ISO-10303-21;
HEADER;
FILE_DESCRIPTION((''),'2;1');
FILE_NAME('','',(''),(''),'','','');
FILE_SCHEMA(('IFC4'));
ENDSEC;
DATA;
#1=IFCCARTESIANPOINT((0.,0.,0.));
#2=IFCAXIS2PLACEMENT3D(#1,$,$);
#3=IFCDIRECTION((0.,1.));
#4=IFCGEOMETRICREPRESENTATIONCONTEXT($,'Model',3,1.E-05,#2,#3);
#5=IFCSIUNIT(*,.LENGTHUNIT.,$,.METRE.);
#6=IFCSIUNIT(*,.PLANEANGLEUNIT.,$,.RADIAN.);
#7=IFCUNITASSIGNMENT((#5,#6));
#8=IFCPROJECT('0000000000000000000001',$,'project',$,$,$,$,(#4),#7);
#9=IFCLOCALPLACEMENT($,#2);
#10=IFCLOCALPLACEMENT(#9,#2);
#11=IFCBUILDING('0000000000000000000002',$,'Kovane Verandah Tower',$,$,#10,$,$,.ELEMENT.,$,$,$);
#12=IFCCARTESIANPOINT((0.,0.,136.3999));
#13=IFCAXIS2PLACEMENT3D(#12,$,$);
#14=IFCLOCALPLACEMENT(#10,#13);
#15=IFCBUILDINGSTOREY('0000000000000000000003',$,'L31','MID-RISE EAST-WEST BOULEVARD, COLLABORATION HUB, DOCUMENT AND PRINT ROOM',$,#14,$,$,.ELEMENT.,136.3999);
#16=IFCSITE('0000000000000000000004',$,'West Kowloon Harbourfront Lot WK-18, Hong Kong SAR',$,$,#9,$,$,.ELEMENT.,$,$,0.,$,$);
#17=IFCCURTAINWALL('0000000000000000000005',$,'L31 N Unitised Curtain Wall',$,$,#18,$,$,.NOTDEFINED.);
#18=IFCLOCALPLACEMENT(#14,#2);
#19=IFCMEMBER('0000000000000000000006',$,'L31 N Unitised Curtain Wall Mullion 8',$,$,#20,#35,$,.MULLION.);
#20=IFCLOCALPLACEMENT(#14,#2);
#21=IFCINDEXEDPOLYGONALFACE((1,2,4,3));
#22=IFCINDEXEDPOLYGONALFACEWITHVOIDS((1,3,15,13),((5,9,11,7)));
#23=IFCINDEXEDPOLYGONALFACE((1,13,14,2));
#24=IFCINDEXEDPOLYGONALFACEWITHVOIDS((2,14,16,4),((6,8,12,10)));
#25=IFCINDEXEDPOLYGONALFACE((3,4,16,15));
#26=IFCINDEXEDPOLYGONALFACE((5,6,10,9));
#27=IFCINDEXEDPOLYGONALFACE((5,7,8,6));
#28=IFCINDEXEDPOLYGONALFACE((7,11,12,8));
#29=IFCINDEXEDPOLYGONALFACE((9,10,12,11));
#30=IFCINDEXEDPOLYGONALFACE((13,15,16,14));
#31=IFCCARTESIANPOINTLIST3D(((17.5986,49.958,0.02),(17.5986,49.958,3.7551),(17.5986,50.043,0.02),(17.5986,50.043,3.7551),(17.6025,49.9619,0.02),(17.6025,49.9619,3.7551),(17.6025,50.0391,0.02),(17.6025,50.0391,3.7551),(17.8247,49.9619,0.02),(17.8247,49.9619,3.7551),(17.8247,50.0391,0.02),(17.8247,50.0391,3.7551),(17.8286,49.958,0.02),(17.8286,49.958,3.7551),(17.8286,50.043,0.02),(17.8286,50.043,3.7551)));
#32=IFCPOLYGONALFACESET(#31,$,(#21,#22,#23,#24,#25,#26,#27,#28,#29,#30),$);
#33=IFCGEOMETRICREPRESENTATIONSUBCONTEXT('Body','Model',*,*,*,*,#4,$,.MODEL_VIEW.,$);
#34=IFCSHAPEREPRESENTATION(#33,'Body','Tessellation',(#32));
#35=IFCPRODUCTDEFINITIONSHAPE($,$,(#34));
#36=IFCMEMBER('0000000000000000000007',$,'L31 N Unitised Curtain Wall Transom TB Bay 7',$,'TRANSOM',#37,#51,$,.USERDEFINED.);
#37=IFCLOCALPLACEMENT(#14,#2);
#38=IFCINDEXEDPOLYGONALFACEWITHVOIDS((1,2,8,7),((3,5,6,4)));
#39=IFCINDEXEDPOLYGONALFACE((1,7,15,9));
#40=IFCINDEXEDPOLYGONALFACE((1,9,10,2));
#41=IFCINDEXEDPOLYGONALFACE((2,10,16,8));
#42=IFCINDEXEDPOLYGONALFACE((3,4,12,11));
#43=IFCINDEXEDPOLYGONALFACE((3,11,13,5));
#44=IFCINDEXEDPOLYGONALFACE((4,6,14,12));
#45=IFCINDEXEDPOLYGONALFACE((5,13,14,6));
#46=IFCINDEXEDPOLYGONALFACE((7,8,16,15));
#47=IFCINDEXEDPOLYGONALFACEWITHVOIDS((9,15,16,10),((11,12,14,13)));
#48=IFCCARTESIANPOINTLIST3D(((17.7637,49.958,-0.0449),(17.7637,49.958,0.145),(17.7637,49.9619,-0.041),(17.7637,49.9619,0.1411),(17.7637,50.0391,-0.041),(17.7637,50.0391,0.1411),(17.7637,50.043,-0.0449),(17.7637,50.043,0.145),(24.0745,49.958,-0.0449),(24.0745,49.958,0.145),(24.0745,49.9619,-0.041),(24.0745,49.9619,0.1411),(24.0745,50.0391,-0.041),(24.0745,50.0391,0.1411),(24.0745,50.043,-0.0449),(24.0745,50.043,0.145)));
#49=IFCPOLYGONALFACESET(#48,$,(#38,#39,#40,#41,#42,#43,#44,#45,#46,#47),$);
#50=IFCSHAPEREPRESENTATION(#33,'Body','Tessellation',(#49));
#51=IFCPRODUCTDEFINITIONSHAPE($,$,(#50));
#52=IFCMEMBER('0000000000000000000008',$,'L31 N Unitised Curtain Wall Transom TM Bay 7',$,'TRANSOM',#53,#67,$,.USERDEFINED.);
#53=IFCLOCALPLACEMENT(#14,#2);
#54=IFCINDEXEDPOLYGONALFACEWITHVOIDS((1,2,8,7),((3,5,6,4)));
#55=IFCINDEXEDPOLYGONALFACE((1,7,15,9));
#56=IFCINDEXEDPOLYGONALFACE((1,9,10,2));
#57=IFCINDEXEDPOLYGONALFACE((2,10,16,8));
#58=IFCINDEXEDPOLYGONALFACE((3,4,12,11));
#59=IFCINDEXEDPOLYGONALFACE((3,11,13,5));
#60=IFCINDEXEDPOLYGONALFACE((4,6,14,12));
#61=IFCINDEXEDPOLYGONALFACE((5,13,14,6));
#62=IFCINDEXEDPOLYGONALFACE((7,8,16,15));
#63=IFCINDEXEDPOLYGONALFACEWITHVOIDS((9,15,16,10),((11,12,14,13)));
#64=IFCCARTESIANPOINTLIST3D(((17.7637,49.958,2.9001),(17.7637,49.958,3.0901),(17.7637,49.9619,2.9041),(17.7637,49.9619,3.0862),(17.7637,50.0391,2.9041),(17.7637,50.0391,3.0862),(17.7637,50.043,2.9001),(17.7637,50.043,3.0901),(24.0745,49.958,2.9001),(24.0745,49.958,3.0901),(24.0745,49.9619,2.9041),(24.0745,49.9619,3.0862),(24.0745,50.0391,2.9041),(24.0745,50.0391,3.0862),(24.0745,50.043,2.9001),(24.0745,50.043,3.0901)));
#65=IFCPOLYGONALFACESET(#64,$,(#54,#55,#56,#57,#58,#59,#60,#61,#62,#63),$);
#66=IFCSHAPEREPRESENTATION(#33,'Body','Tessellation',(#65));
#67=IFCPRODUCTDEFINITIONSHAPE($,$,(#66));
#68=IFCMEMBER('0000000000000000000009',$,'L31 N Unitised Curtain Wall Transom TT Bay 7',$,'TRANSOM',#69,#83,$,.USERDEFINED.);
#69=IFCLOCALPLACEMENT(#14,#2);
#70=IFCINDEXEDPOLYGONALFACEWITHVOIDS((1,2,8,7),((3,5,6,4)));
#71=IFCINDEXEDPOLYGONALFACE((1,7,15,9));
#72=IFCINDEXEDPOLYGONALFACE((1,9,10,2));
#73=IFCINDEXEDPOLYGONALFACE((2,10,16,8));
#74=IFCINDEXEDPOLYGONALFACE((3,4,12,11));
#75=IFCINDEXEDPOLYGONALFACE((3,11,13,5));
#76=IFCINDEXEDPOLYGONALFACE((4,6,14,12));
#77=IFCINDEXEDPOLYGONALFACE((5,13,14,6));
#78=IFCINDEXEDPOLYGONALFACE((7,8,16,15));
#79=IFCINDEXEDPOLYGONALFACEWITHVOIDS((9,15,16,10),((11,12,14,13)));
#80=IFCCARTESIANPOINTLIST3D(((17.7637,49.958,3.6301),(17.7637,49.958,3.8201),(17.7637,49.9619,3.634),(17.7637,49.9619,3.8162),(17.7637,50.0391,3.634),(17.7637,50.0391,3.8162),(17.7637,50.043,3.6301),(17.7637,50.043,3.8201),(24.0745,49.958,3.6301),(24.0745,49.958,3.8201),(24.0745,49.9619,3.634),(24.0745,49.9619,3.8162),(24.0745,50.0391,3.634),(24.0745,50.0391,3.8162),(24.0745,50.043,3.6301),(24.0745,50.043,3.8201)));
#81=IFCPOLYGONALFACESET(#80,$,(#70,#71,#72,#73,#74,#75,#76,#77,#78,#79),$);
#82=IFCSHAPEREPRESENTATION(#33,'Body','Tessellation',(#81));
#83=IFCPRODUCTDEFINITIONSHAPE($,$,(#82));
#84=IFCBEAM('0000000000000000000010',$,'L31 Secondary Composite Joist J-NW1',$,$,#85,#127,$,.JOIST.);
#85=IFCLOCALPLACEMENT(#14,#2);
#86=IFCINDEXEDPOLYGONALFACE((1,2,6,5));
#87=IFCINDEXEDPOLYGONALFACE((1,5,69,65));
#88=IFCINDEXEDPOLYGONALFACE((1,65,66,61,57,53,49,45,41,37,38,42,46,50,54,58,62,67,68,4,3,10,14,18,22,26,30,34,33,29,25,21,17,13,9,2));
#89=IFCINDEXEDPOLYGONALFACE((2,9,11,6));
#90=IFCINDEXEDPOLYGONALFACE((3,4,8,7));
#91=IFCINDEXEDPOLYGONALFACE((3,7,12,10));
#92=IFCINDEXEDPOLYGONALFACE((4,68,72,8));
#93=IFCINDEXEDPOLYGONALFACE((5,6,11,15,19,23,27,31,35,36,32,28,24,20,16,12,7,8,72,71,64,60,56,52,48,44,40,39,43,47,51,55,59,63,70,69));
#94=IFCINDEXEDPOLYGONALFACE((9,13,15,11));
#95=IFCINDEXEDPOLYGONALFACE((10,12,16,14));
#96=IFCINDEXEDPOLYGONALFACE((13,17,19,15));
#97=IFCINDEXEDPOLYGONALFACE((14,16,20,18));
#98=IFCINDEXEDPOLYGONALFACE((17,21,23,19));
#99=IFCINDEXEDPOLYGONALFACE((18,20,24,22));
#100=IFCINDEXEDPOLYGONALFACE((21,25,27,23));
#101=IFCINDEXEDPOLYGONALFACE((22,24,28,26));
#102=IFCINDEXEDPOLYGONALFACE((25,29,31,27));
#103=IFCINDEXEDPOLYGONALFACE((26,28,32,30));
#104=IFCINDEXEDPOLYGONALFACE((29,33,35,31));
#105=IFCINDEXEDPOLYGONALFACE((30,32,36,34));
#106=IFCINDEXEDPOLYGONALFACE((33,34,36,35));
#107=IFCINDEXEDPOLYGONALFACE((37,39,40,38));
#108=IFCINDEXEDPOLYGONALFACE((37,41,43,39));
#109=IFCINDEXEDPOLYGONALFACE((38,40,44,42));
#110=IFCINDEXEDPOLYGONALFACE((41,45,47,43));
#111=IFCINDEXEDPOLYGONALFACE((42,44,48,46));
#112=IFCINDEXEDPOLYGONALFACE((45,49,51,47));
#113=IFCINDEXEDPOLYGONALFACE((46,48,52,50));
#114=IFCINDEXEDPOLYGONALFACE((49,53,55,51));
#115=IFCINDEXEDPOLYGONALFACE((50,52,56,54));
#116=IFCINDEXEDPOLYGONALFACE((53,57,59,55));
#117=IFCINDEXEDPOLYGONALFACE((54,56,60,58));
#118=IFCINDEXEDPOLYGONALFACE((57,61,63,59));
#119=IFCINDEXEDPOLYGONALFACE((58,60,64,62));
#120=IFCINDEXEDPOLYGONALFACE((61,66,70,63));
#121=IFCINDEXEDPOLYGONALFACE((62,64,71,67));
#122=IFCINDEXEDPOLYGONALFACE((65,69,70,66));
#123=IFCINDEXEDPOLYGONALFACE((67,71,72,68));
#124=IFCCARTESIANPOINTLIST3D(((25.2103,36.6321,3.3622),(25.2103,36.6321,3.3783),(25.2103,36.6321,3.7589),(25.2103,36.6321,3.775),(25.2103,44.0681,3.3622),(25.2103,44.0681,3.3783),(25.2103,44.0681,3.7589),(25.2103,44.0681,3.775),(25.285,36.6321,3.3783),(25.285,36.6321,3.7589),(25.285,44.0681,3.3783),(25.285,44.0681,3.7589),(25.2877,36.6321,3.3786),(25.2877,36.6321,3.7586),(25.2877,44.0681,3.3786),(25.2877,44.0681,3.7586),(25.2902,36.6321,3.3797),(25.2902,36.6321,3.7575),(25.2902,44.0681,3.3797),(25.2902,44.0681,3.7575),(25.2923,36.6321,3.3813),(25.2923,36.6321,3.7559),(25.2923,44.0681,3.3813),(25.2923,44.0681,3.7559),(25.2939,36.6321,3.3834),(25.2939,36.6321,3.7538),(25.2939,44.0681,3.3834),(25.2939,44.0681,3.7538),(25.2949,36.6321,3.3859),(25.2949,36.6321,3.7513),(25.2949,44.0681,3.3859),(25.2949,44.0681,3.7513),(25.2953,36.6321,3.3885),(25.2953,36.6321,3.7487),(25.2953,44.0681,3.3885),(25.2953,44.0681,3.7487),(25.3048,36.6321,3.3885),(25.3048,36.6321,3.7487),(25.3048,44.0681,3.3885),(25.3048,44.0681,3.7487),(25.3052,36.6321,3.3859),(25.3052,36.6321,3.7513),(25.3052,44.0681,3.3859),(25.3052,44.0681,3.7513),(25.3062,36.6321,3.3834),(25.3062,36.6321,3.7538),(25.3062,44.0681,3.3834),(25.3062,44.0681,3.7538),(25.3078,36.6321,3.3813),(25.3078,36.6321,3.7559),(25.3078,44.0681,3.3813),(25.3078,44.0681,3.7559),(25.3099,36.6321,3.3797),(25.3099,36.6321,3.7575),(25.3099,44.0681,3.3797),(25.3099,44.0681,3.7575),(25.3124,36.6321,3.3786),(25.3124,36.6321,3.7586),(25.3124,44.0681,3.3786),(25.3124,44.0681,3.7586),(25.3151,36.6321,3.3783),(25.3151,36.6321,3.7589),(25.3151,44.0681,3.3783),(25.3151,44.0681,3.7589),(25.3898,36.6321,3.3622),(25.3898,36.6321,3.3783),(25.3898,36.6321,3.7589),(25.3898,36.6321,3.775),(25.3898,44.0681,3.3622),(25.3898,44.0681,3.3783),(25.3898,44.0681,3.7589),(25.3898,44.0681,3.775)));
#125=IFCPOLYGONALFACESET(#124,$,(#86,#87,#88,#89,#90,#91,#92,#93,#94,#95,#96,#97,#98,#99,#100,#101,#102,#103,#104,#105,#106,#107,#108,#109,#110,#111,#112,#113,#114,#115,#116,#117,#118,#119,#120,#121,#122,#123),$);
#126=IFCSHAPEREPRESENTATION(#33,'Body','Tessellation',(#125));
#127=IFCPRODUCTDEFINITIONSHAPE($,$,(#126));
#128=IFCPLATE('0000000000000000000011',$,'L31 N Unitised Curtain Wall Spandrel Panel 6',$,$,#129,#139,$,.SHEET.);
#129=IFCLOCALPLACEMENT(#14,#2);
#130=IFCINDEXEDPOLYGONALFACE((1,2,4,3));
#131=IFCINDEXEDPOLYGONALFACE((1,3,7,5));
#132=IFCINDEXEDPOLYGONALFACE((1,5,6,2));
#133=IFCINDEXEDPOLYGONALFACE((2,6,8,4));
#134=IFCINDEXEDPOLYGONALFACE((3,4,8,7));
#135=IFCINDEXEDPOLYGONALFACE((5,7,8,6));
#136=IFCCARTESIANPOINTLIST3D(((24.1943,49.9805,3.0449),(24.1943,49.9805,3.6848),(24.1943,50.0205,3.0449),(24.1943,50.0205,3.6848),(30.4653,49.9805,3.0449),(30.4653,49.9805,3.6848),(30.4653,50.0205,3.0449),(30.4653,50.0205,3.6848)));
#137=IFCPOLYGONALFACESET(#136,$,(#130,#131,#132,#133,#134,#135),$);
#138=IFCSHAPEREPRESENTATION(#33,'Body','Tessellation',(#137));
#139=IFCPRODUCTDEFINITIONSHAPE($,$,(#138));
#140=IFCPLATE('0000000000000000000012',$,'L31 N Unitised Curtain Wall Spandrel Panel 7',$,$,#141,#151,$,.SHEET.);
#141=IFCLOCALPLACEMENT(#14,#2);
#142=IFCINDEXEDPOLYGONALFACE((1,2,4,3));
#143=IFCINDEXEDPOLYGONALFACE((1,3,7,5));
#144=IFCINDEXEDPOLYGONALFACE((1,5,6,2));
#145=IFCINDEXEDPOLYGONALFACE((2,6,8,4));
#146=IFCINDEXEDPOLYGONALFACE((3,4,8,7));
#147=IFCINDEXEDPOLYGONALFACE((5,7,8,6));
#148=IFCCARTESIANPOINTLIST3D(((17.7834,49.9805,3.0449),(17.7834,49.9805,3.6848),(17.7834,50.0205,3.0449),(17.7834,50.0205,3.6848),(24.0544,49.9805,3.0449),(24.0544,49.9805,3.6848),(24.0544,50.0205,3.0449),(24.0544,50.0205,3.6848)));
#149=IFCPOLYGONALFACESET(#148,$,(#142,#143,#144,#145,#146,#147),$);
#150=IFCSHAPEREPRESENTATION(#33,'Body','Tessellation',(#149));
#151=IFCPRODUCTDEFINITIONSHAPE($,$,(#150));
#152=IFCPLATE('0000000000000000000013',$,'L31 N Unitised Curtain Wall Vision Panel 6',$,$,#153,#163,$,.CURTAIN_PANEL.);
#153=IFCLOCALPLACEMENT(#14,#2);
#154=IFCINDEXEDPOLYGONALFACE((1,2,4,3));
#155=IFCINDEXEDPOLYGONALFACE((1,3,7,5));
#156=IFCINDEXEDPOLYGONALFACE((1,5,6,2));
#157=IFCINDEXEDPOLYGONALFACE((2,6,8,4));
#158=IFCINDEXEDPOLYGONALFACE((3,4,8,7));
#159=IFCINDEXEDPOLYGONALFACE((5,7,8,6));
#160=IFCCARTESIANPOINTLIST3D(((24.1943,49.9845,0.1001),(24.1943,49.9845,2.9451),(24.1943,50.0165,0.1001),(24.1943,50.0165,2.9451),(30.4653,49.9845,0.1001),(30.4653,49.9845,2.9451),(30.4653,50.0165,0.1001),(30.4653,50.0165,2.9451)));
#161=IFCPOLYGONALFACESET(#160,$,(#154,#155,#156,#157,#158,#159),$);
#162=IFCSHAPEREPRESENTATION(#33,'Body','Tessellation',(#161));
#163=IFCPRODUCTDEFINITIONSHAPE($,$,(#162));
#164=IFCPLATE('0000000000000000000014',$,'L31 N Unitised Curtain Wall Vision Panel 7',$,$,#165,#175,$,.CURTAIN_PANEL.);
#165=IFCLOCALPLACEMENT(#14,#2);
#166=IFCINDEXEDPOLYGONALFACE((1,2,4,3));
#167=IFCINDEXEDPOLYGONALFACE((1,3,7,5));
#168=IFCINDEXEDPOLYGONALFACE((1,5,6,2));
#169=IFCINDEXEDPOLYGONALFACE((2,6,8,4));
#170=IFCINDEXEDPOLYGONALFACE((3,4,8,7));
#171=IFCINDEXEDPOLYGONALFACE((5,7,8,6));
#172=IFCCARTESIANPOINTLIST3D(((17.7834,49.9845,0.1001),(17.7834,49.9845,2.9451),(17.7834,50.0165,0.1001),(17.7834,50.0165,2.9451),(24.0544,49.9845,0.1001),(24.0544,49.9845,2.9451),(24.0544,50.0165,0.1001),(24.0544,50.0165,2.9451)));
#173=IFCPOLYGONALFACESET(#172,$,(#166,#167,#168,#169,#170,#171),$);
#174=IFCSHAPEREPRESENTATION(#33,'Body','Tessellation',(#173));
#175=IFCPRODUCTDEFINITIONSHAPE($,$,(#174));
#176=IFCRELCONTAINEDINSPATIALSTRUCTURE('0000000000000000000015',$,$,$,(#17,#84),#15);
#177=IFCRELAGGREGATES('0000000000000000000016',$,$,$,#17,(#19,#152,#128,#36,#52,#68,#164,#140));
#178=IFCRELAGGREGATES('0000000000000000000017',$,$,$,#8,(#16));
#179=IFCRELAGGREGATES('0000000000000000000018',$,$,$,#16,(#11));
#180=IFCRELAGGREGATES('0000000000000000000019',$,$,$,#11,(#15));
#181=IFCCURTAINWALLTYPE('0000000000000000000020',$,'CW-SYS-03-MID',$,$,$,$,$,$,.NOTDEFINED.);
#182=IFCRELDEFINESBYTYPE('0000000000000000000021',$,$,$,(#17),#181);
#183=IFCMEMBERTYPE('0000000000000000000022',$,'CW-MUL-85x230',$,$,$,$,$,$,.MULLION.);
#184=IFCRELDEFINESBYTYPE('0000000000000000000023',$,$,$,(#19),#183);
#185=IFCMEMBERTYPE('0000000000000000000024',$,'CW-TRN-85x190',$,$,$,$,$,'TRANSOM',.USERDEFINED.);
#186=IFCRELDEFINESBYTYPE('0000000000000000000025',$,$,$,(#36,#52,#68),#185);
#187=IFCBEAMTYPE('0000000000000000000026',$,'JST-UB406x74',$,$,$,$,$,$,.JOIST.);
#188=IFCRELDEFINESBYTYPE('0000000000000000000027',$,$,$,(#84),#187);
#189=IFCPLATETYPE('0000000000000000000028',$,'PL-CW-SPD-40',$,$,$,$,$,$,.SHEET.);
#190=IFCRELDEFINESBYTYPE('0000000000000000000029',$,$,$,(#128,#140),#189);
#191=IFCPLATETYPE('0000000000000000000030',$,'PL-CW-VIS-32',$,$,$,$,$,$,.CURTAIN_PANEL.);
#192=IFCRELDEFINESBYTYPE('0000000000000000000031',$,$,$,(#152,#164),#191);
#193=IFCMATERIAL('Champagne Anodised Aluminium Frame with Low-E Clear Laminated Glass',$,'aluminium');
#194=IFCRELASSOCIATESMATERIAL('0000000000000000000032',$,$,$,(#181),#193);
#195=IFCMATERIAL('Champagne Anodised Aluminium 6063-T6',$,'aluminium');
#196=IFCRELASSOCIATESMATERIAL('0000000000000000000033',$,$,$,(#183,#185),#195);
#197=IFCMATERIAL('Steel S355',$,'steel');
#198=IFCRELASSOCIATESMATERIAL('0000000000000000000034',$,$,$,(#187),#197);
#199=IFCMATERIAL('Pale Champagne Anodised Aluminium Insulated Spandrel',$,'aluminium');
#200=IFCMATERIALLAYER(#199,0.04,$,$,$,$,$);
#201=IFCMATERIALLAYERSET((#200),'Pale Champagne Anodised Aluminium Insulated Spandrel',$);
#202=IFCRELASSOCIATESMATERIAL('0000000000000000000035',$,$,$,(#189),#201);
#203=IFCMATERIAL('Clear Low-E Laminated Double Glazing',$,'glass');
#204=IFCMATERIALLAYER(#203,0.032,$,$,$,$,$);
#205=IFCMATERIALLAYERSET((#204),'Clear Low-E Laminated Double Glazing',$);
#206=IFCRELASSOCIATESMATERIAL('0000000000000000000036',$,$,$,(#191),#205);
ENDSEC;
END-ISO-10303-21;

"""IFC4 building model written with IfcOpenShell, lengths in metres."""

from ifc_helpers import new_model, si_unit, direction, frame, origin, origin_2d, place, context, subcontext, project, spatial, rectangle, hollow_rectangle, i_section, extrude, material, layer, layer_set, material_profile, profile_set, type_object, element, aggregate, save


model = new_model("IFC4")

# Units and contexts
model_context = context("Model", 3, precision=1e-05, world=origin(), true_north=direction((0.0, 1.0)))
body_context = subcontext(model_context, "Body", "Model", "MODEL_VIEW")
ifc_project = project(units=[si_unit("LENGTHUNIT", "METRE"), si_unit("PLANEANGLEUNIT", "RADIAN")], contexts=[model_context])

# Site, building, storey
site_placement = place(None, origin())
site = spatial("IfcSite", under=ifc_project, at=site_placement, Name="West Kowloon Harbourfront Lot WK-18, Hong Kong SAR", CompositionType="ELEMENT", RefElevation=0.0)
building_placement = place(site_placement, origin())
building = spatial("IfcBuilding", under=site, at=building_placement, Name="Kovane Verandah Tower", CompositionType="ELEMENT")
storey_placement = place(building_placement, frame((0.0, 0.0, 136.3999)))
storey = spatial("IfcBuildingStorey", under=building, at=storey_placement, Name="L31", Description="MID-RISE EAST-WEST BOULEVARD, COLLABORATION HUB, DOCUMENT AND PRINT ROOM", CompositionType="ELEMENT", Elevation=136.3999)

# Shared definitions
ifc_material_1 = material(Name="Steel S355", Category="steel")

# Curtain wall, members
ifc_material_2 = material(Name="Champagne Anodised Aluminium Frame with Low-E Clear Laminated Glass", Category="aluminium")
curtain_wall_type = type_object("IfcCurtainWallType", Name="CW-SYS-03-MID", PredefinedType="NOTDEFINED", material=ifc_material_2)
curtain_wall_placement = place(storey_placement, origin())
curtain_wall = element("IfcCurtainWall", 1, at=curtain_wall_placement, inside=storey, type_object=curtain_wall_type, Name="L31 N Unitised Curtain Wall", PredefinedType="NOTDEFINED")
ifc_material_3 = material(Name="Champagne Anodised Aluminium 6063-T6", Category="aluminium")
ifc_material_profile_1 = material_profile(ifc_material_3, hollow_rectangle(XDim=0.085, YDim=0.23, WallThickness=0.0039, at=origin_2d()), Name="AL85x230x4")
ifc_profile_set_1 = profile_set([ifc_material_profile_1], Name="Champagne Anodised Aluminium 6063-T6")
member_type_1 = type_object("IfcMemberType", Name="CW-MUL-85x230", PredefinedType="MULLION", material=ifc_profile_set_1)
member_1_placement = place(storey_placement, frame((17.7136, 50.0005, 0.02), z_axis=(0.0, 0.0, 1.0), x_axis=(0.0, 1.0, 0.0)))
member_1 = element("IfcMember", 2, at=member_1_placement, type_object=member_type_1, Name="L31 N Unitised Curtain Wall Mullion 8", PredefinedType="MULLION", context=body_context, shape_type="SweptSolid", body=[
    extrude(hollow_rectangle(XDim=0.085, YDim=0.23, WallThickness=0.0039, at=origin_2d()), origin(), (0.0, 0.0, 1.0), 3.7351),
])
ifc_material_profile_2 = material_profile(ifc_material_3, hollow_rectangle(XDim=0.085, YDim=0.1899, WallThickness=0.0039, at=origin_2d()), Name="AL85x190x4")
ifc_profile_set_2 = profile_set([ifc_material_profile_2], Name="Champagne Anodised Aluminium 6063-T6")
member_type_2 = type_object("IfcMemberType", Name="CW-TRN-85x190", ElementType="TRANSOM", PredefinedType="USERDEFINED", material=ifc_profile_set_2)
member_2_placement = place(storey_placement, frame((24.0745, 50.0005, 0.05), z_axis=(-1.0, 0.0, 0.0), x_axis=(0.0, -1.0, 0.0)))
member_2 = element("IfcMember", 3, at=member_2_placement, type_object=member_type_2, Name="L31 N Unitised Curtain Wall Transom TB Bay 7", ObjectType="TRANSOM", PredefinedType="USERDEFINED", context=body_context, shape_type="SweptSolid", body=[
    extrude(hollow_rectangle(XDim=0.085, YDim=0.1899, WallThickness=0.0039, at=origin_2d()), origin(), (0.0, 0.0, 1.0), 6.3108),
])
member_3_placement = place(storey_placement, frame((24.0745, 50.0005, 2.9951), z_axis=(-1.0, 0.0, 0.0), x_axis=(0.0, -1.0, 0.0)))
member_3 = element("IfcMember", 4, at=member_3_placement, type_object=member_type_2, Name="L31 N Unitised Curtain Wall Transom TM Bay 7", ObjectType="TRANSOM", PredefinedType="USERDEFINED", context=body_context, shape_type="SweptSolid", body=[
    extrude(hollow_rectangle(XDim=0.085, YDim=0.1899, WallThickness=0.0039, at=origin_2d()), origin(), (0.0, 0.0, 1.0), 6.3108),
])
member_4_placement = place(storey_placement, frame((24.0745, 50.0005, 3.7251), z_axis=(-1.0, 0.0, 0.0), x_axis=(0.0, -1.0, 0.0)))
member_4 = element("IfcMember", 5, at=member_4_placement, type_object=member_type_2, Name="L31 N Unitised Curtain Wall Transom TT Bay 7", ObjectType="TRANSOM", PredefinedType="USERDEFINED", context=body_context, shape_type="SweptSolid", body=[
    extrude(hollow_rectangle(XDim=0.085, YDim=0.1899, WallThickness=0.0039, at=origin_2d()), origin(), (0.0, 0.0, 1.0), 6.3108),
])

# Beam
ifc_material_profile_3 = material_profile(ifc_material_1, i_section(OverallWidth=0.1794, OverallDepth=0.4128, WebThickness=0.0095, FlangeThickness=0.0161, FilletRadius=0.0103, at=origin_2d()), Name="UB406x178x74")
ifc_profile_set_3 = profile_set([ifc_material_profile_3], Name="Steel S355")
beam_type_1 = type_object("IfcBeamType", Name="JST-UB406x74", PredefinedType="JOIST", material=ifc_profile_set_3)
beam_1_placement = place(storey_placement, frame((25.3, 36.6321, 3.5686), z_axis=(0.0, 1.0, 0.0), x_axis=(-1.0, 0.0, 0.0)))
element("IfcBeam", 6, at=beam_1_placement, inside=storey, type_object=beam_type_1, Name="L31 Secondary Composite Joist J-NW1", PredefinedType="JOIST", context=body_context, shape_type="SweptSolid", body=[
    extrude(i_section(OverallWidth=0.1794, OverallDepth=0.4128, WebThickness=0.0095, FlangeThickness=0.0161, FilletRadius=0.0103, at=origin_2d()), origin(), (0.0, 0.0, 1.0), 7.436),
])

# Plates
ifc_material_4 = material(Name="Pale Champagne Anodised Aluminium Insulated Spandrel", Category="aluminium")
ifc_layer_1 = layer(ifc_material_4, 0.04)
ifc_layer_set_1 = layer_set([ifc_layer_1], Name="Pale Champagne Anodised Aluminium Insulated Spandrel")
plate_type_1 = type_object("IfcPlateType", Name="PL-CW-SPD-40", PredefinedType="SHEET", material=ifc_layer_set_1)
plate_1_placement = place(storey_placement, frame((27.3298, 50.0005, 3.0449), z_axis=(0.0, 0.0, 1.0), x_axis=(-1.0, 0.0, 0.0)))
plate_1 = element("IfcPlate", 7, at=plate_1_placement, type_object=plate_type_1, Name="L31 N Unitised Curtain Wall Spandrel Panel 6", PredefinedType="SHEET", context=body_context, shape_type="SweptSolid", body=[
    extrude(rectangle(XDim=6.271, YDim=0.04, at=origin_2d()), origin(), (0.0, 0.0, 1.0), 0.6399),
])
plate_2_placement = place(storey_placement, frame((20.9189, 50.0005, 3.0449), z_axis=(0.0, 0.0, 1.0), x_axis=(-1.0, 0.0, 0.0)))
plate_2 = element("IfcPlate", 8, at=plate_2_placement, type_object=plate_type_1, Name="L31 N Unitised Curtain Wall Spandrel Panel 7", PredefinedType="SHEET", context=body_context, shape_type="SweptSolid", body=[
    extrude(rectangle(XDim=6.271, YDim=0.04, at=origin_2d()), origin(), (0.0, 0.0, 1.0), 0.6399),
])
ifc_material_5 = material(Name="Clear Low-E Laminated Double Glazing", Category="glass")
ifc_layer_2 = layer(ifc_material_5, 0.032)
ifc_layer_set_2 = layer_set([ifc_layer_2], Name="Clear Low-E Laminated Double Glazing")
plate_type_2 = type_object("IfcPlateType", Name="PL-CW-VIS-32", PredefinedType="CURTAIN_PANEL", material=ifc_layer_set_2)
plate_3_placement = place(storey_placement, frame((27.3298, 50.0005, 0.1001), z_axis=(0.0, 0.0, 1.0), x_axis=(-1.0, 0.0, 0.0)))
plate_3 = element("IfcPlate", 9, at=plate_3_placement, type_object=plate_type_2, Name="L31 N Unitised Curtain Wall Vision Panel 6", PredefinedType="CURTAIN_PANEL", context=body_context, shape_type="SweptSolid", body=[
    extrude(rectangle(XDim=6.271, YDim=0.032, at=origin_2d()), origin(), (0.0, 0.0, 1.0), 2.845),
])
plate_4_placement = place(storey_placement, frame((20.9189, 50.0005, 0.1001), z_axis=(0.0, 0.0, 1.0), x_axis=(-1.0, 0.0, 0.0)))
plate_4 = element("IfcPlate", 10, at=plate_4_placement, type_object=plate_type_2, Name="L31 N Unitised Curtain Wall Vision Panel 7", PredefinedType="CURTAIN_PANEL", context=body_context, shape_type="SweptSolid", body=[
    extrude(rectangle(XDim=6.271, YDim=0.032, at=origin_2d()), origin(), (0.0, 0.0, 1.0), 2.845),
])
aggregate(curtain_wall, [member_1, plate_3, plate_1, member_2, member_3, member_4, plate_4, plate_2])

save(model, "model.ifc")
